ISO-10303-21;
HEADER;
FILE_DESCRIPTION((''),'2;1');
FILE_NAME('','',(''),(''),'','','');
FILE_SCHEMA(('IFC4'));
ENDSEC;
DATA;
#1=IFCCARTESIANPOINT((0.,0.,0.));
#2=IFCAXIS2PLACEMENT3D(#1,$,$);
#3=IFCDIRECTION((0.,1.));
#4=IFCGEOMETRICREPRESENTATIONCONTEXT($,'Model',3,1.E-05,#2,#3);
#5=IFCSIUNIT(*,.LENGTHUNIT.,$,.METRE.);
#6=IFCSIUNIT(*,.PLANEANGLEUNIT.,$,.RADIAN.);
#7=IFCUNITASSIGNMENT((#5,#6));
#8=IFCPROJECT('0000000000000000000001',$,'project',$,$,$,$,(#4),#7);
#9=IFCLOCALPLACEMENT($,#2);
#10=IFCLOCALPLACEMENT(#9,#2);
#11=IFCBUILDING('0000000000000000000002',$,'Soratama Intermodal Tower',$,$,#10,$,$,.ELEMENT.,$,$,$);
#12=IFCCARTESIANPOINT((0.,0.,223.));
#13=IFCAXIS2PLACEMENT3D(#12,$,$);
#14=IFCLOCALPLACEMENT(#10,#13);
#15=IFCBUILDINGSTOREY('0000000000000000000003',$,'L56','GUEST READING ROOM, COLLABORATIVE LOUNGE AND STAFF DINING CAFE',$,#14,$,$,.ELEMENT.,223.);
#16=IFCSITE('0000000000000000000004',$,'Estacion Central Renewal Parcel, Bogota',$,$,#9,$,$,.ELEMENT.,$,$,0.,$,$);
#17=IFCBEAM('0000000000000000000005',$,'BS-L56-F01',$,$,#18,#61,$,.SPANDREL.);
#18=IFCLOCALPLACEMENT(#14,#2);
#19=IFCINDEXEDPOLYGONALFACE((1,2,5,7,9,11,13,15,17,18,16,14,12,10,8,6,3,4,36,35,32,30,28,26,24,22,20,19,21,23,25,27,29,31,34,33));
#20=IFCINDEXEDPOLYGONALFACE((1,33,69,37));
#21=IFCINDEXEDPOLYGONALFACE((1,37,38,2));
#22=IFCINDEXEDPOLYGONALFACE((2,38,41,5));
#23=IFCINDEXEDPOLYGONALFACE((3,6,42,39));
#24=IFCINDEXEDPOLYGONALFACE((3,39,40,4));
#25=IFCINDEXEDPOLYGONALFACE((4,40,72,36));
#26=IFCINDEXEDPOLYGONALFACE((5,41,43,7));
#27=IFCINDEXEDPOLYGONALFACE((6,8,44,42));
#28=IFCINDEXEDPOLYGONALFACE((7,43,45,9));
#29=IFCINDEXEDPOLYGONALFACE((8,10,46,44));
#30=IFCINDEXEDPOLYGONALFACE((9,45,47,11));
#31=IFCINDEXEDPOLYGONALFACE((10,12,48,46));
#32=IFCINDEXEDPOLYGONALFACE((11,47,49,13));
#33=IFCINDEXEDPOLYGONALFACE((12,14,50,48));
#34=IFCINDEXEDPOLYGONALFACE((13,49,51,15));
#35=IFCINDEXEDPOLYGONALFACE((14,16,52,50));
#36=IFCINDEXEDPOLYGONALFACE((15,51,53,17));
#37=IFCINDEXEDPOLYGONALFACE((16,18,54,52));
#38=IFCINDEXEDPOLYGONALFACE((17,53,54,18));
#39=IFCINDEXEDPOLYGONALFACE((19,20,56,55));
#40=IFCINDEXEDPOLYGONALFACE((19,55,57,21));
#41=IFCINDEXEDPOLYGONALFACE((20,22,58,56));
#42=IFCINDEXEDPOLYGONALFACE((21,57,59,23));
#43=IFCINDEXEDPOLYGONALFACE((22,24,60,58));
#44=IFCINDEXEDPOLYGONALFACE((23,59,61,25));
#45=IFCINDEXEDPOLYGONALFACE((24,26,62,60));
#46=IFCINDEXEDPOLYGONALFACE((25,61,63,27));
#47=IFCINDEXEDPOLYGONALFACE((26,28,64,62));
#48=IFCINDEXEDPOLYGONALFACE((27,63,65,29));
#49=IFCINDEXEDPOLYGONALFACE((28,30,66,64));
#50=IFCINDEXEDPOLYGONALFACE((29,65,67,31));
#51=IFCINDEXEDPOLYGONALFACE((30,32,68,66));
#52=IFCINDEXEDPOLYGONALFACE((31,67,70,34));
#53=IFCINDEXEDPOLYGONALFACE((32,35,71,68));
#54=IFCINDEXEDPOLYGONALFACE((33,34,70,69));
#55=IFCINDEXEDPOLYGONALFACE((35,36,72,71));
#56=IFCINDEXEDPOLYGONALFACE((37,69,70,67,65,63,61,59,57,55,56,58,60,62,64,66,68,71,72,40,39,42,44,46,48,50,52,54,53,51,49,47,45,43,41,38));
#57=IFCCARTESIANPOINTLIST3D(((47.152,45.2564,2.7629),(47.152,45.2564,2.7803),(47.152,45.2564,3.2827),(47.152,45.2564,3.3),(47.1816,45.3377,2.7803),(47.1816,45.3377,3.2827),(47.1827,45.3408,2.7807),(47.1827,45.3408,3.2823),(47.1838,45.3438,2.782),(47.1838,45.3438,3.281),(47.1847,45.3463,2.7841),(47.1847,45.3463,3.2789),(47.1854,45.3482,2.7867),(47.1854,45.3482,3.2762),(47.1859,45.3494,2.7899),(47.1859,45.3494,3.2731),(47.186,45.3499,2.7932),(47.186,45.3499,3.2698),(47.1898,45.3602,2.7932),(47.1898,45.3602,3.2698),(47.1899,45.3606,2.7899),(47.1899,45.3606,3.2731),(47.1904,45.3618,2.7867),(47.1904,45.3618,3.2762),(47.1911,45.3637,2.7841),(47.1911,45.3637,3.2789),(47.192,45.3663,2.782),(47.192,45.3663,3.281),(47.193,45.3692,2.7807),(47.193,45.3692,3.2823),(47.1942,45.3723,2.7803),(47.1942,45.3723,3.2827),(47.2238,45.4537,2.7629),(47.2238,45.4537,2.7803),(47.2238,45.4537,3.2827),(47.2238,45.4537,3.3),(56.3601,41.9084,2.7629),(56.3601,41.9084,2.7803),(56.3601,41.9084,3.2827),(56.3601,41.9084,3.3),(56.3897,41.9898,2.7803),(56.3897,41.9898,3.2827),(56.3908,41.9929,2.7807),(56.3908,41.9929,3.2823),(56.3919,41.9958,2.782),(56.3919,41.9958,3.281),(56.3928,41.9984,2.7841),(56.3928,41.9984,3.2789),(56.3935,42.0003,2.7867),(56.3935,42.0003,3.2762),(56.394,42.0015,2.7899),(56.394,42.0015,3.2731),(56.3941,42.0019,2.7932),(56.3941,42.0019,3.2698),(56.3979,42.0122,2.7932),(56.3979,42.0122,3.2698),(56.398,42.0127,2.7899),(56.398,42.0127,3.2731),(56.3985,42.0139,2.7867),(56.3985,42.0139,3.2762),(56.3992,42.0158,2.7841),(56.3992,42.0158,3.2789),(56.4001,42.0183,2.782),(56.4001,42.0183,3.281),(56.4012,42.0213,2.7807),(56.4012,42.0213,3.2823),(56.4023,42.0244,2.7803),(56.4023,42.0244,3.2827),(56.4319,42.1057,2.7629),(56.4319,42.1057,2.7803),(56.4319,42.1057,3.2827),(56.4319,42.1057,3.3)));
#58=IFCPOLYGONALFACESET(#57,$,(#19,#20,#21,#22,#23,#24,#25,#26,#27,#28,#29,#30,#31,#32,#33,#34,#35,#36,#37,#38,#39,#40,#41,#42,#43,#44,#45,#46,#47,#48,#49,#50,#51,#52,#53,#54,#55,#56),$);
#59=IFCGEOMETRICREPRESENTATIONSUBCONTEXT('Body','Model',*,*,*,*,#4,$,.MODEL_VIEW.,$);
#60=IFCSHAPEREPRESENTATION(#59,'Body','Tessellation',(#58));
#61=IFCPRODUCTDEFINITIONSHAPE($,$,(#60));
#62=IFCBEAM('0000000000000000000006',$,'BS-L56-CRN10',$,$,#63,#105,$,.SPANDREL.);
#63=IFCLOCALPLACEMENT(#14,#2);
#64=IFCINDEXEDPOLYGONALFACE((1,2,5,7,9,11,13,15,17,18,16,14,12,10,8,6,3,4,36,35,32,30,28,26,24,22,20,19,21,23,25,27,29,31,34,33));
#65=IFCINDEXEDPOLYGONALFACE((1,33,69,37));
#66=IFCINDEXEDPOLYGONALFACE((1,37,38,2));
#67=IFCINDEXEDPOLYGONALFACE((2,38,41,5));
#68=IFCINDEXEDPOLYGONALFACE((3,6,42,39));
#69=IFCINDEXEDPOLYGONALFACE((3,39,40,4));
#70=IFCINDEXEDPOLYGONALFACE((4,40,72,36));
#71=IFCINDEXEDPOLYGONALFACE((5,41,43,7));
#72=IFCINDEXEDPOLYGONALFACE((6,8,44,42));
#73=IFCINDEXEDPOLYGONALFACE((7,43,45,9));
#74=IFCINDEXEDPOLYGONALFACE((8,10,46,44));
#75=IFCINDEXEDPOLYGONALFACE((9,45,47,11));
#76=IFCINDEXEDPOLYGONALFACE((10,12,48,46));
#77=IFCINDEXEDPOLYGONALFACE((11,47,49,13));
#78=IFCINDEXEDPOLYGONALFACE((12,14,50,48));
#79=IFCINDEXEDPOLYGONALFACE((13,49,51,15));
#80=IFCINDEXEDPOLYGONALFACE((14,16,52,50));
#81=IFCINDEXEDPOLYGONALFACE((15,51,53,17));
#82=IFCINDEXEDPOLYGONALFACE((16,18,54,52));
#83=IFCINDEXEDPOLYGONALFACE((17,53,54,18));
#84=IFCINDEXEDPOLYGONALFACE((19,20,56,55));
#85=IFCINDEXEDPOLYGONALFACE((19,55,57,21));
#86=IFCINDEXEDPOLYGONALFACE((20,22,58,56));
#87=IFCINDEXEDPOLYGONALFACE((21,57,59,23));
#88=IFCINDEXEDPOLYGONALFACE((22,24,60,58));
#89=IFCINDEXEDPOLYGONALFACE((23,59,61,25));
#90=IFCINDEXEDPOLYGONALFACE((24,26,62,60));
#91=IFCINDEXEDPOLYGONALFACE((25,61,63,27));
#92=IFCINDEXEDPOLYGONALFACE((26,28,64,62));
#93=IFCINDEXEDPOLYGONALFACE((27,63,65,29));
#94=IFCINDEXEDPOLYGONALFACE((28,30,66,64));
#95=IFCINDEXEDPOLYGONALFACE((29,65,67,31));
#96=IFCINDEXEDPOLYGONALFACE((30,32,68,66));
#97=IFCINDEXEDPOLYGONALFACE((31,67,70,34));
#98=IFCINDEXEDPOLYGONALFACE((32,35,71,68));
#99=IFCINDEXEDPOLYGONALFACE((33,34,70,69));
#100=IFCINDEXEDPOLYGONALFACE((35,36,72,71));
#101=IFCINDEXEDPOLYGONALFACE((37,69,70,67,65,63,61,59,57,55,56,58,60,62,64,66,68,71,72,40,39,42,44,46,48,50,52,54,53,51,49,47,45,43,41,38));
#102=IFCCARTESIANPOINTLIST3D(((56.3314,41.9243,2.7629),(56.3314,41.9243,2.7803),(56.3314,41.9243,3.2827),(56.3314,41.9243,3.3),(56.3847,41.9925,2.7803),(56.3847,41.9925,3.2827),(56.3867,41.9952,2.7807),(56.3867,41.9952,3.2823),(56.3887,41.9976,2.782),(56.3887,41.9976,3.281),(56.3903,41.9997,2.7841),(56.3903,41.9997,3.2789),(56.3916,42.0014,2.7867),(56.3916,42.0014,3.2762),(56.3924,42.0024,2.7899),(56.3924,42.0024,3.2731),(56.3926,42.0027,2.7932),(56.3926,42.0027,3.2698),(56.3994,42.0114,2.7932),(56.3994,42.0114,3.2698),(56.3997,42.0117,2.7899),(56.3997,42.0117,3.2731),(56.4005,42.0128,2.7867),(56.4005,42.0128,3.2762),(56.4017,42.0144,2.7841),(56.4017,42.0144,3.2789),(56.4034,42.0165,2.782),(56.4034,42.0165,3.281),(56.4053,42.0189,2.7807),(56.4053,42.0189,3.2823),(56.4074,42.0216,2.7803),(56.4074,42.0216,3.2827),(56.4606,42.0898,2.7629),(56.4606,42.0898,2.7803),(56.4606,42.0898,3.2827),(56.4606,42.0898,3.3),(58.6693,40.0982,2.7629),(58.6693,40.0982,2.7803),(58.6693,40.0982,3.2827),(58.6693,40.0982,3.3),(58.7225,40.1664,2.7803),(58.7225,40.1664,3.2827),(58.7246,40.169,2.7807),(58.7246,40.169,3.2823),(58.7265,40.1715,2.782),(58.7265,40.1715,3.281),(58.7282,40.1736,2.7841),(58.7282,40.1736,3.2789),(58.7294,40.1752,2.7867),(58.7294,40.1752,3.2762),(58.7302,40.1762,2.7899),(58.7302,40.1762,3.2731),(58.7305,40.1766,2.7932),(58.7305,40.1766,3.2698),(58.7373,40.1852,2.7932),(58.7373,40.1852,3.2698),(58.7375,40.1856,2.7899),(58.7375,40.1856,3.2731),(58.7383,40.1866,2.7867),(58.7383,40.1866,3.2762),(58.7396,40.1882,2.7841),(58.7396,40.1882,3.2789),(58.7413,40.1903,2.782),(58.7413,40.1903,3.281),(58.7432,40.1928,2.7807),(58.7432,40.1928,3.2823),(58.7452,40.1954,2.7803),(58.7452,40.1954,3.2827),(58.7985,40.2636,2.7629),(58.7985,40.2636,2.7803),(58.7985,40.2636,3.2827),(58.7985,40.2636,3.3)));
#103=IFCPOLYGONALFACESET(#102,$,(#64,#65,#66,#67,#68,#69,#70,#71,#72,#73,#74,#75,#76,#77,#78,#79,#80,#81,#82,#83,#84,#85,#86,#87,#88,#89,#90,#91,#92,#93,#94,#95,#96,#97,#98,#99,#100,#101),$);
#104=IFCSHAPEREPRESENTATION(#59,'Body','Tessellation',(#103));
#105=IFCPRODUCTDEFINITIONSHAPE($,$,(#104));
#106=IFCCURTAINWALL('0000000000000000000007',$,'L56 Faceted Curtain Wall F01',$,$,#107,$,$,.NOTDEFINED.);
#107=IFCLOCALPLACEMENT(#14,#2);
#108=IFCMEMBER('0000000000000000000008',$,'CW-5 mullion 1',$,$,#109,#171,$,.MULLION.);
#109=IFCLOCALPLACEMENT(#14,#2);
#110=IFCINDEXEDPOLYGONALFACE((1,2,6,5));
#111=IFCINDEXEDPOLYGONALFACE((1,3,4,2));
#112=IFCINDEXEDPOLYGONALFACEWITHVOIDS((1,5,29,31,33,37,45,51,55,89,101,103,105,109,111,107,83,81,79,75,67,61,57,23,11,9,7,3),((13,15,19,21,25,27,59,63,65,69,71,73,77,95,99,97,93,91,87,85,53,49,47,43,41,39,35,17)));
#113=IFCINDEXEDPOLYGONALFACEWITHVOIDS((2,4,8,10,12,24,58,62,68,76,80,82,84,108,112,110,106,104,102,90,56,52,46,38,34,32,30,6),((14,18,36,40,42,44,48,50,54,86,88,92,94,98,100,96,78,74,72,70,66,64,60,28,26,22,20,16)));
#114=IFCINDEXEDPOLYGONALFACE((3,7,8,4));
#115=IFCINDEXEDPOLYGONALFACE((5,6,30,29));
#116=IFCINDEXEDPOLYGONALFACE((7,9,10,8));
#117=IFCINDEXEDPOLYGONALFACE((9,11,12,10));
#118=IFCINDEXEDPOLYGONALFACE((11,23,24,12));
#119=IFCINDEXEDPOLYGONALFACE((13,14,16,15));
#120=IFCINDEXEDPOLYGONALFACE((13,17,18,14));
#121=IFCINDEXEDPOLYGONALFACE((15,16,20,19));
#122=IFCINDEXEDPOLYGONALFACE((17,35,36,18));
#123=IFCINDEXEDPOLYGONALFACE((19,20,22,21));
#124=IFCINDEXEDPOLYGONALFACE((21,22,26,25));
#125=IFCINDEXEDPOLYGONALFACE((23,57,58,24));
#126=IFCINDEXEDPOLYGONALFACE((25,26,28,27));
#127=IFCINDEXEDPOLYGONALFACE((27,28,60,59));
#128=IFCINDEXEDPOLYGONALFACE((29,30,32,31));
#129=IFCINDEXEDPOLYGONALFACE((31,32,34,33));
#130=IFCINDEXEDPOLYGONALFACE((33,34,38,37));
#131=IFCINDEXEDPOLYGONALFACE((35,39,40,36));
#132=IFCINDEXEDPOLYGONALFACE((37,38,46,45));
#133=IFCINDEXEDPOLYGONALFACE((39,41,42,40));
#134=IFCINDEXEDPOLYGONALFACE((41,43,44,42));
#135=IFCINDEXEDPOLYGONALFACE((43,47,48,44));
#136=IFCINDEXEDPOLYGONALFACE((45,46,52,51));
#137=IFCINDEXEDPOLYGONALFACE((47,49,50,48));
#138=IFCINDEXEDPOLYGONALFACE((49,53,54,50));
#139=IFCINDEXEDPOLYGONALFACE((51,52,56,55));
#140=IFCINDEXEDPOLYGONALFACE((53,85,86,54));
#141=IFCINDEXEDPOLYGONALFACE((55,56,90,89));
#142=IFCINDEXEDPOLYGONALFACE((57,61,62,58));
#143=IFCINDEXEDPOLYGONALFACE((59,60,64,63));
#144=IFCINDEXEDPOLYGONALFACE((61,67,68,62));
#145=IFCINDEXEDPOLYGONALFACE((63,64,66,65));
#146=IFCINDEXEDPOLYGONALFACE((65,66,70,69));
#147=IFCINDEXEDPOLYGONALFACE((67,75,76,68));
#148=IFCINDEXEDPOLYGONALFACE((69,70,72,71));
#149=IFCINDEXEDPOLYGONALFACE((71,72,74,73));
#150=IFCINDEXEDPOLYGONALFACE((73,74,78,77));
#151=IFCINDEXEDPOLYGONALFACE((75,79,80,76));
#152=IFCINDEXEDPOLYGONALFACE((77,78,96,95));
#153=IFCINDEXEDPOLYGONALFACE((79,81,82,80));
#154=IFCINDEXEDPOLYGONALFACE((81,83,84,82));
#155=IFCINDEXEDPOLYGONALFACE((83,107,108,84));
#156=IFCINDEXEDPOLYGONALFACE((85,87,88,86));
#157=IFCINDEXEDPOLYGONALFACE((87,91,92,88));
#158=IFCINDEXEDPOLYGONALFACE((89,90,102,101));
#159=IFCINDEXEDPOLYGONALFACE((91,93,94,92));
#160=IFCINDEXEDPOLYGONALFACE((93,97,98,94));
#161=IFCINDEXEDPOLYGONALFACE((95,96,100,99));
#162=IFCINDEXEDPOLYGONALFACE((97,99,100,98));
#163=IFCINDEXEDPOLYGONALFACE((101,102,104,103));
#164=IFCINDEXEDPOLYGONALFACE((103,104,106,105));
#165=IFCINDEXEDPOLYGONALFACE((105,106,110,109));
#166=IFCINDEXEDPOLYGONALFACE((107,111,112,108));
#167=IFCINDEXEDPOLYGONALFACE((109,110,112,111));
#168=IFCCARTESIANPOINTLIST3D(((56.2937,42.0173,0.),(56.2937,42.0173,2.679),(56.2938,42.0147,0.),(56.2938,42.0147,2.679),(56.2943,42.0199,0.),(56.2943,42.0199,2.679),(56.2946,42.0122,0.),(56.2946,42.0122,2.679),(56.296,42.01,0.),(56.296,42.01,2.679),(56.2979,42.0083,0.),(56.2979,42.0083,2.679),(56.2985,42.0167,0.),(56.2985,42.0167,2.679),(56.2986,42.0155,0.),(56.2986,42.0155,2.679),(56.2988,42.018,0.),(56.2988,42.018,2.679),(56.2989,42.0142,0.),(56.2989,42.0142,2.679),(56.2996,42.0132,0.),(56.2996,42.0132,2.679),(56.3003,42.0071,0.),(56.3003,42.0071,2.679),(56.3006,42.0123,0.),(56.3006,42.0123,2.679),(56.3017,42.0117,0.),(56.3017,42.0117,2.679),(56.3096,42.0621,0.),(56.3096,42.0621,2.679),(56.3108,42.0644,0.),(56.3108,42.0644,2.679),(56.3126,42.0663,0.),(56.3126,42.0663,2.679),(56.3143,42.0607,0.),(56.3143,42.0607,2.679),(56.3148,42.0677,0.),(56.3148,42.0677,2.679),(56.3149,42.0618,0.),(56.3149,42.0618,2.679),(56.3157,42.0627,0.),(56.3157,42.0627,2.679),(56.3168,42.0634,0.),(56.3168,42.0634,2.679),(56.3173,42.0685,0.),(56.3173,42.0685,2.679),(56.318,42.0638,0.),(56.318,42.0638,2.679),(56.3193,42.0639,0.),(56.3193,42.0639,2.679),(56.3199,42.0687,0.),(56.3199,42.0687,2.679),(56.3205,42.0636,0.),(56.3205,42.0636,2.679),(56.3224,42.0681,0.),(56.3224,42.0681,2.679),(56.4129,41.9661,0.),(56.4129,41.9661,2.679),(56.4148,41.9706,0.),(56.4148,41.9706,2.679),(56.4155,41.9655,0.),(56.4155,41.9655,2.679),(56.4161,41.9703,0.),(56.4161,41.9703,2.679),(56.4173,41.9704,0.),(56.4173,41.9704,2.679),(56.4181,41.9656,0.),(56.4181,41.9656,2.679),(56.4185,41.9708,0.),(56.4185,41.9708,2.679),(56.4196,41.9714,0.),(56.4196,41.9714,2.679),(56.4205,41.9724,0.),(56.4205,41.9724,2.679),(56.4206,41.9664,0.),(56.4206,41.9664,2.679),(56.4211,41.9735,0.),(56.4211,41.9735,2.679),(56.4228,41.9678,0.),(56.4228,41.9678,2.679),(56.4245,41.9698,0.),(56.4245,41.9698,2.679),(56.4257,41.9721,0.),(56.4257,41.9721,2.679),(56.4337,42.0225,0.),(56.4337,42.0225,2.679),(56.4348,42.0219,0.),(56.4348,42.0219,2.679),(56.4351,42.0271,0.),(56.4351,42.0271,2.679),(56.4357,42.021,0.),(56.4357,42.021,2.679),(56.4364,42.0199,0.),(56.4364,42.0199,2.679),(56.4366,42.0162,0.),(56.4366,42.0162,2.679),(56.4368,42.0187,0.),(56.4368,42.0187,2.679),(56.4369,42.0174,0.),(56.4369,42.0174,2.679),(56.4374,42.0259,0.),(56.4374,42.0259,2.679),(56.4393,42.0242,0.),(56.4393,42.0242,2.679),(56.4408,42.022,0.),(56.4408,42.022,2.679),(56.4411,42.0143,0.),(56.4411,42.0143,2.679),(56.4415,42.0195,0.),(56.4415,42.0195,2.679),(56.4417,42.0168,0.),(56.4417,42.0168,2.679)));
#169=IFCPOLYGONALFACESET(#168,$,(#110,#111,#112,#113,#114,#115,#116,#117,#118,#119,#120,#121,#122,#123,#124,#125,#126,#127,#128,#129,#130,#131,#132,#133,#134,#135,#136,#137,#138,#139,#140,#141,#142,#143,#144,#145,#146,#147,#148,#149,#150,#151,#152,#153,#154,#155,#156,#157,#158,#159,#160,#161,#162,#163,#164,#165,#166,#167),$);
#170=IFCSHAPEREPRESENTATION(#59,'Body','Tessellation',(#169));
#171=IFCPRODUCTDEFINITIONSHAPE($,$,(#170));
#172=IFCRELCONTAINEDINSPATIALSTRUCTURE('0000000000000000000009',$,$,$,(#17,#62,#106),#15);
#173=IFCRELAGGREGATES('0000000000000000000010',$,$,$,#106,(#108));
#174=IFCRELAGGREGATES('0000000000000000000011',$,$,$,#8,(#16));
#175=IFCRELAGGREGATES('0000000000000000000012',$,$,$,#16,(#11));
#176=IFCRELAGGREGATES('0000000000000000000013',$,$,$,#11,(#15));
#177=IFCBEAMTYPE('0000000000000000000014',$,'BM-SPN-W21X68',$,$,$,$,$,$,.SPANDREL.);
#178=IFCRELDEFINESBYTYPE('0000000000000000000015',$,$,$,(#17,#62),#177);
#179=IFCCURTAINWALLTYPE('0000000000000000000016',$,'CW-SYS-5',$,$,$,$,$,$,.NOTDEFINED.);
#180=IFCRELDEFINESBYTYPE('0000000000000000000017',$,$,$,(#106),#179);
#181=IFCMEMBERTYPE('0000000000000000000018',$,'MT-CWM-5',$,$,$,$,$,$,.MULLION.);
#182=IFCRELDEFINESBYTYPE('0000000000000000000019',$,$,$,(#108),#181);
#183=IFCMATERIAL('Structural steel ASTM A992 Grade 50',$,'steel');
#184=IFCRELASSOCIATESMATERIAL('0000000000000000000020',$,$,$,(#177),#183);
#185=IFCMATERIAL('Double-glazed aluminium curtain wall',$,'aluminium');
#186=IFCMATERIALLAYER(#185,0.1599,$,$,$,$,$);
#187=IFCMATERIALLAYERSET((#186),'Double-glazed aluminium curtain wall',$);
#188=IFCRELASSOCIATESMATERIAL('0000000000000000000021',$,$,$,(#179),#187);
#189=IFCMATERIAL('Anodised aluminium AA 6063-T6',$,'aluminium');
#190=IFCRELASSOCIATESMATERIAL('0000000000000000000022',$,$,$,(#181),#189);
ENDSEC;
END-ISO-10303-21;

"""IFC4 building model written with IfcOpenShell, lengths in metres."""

from ifc_helpers import new_model, si_unit, direction, frame, origin, origin_2d, place, context, subcontext, project, spatial, hollow_rectangle, i_section, extrude, material, layer, layer_set, material_profile, profile_set, type_object, element, aggregate, save


model = new_model("IFC4")

# Units and contexts
model_context = context("Model", 3, precision=1e-05, world=origin(), true_north=direction((0.0, 1.0)))
body_context = subcontext(model_context, "Body", "Model", "MODEL_VIEW")
ifc_project = project(units=[si_unit("LENGTHUNIT", "METRE"), si_unit("PLANEANGLEUNIT", "RADIAN")], contexts=[model_context])

# Site, building, storey
site_placement = place(None, origin())
site = spatial("IfcSite", under=ifc_project, at=site_placement, Name="Estacion Central Renewal Parcel, Bogota", CompositionType="ELEMENT", RefElevation=0.0)
building_placement = place(site_placement, origin())
building = spatial("IfcBuilding", under=site, at=building_placement, Name="Soratama Intermodal Tower", CompositionType="ELEMENT")
storey_placement = place(building_placement, frame((0.0, 0.0, 223.0)))
storey = spatial("IfcBuildingStorey", under=building, at=storey_placement, Name="L56", Description="GUEST READING ROOM, COLLABORATIVE LOUNGE AND STAFF DINING CAFE", CompositionType="ELEMENT", Elevation=223.0)

# Beams
ifc_material_1 = material(Name="Structural steel ASTM A992 Grade 50", Category="steel")
ifc_material_profile_1 = material_profile(ifc_material_1, i_section(OverallWidth=0.21, OverallDepth=0.5371, WebThickness=0.011, FlangeThickness=0.0173, FilletRadius=0.0129, at=origin_2d()), Name="W21X68")
ifc_profile_set_1 = profile_set([ifc_material_profile_1], Name="Structural steel ASTM A992 Grade 50")
beam_type_1 = type_object("IfcBeamType", Name="BM-SPN-W21X68", PredefinedType="SPANDREL", material=ifc_profile_set_1)
beam_1_placement = place(storey_placement, frame((56.396, 42.0071, 3.0315), z_axis=(-0.939809, 0.341701, 0.0), x_axis=(-0.341701, -0.939809, 0.0)))
element("IfcBeam", 1, at=beam_1_placement, inside=storey, type_object=beam_type_1, Name="BS-L56-F01", PredefinedType="SPANDREL", context=body_context, shape_type="SweptSolid", body=[
    extrude(i_section(OverallWidth=0.21, OverallDepth=0.5371, WebThickness=0.011, FlangeThickness=0.0173, FilletRadius=0.0129, at=origin_2d()), origin(), (0.0, 0.0, 1.0), 9.7979),
])
beam_2_placement = place(storey_placement, frame((58.7339, 40.1809, 3.0315), z_axis=(-0.788074, 0.61558, 0.0), x_axis=(-0.61558, -0.788074, 0.0)))
element("IfcBeam", 2, at=beam_2_placement, inside=storey, type_object=beam_type_1, Name="BS-L56-CRN10", PredefinedType="SPANDREL", context=body_context, shape_type="SweptSolid", body=[
    extrude(i_section(OverallWidth=0.21, OverallDepth=0.5371, WebThickness=0.011, FlangeThickness=0.0173, FilletRadius=0.0129, at=origin_2d()), origin(), (0.0, 0.0, 1.0), 2.9666),
])

# Curtain wall, member
ifc_material_2 = material(Name="Double-glazed aluminium curtain wall", Category="aluminium")
ifc_layer_1 = layer(ifc_material_2, 0.1599)
ifc_layer_set_1 = layer_set([ifc_layer_1], Name="Double-glazed aluminium curtain wall")
curtain_wall_type = type_object("IfcCurtainWallType", Name="CW-SYS-5", PredefinedType="NOTDEFINED", material=ifc_layer_set_1)
curtain_wall_1_placement = place(storey_placement, origin())
curtain_wall_1 = element("IfcCurtainWall", 3, at=curtain_wall_1_placement, inside=storey, type_object=curtain_wall_type, Name="L56 Faceted Curtain Wall F01", PredefinedType="NOTDEFINED")
ifc_material_3 = material(Name="Anodised aluminium AA 6063-T6", Category="aluminium")
ifc_material_profile_2 = material_profile(ifc_material_3, hollow_rectangle(XDim=0.0649, YDim=0.1399, WallThickness=0.0049, InnerFilletRadius=0.0049, OuterFilletRadius=0.01, at=origin_2d()), Name="CWM140X65X5")
ifc_profile_set_2 = profile_set([ifc_material_profile_2], Name="Anodised aluminium AA 6063-T6")
member_type_1 = type_object("IfcMemberType", Name="MT-CWM-5", PredefinedType="MULLION", material=ifc_profile_set_2)
member_1_placement = place(storey_placement, frame((56.3677, 42.0171, 0.0), z_axis=(0.0, 0.0, 1.0), x_axis=(-0.341696, -0.939811, 0.0)))
member_1 = element("IfcMember", 4, at=member_1_placement, type_object=member_type_1, Name="CW-5 mullion 1", PredefinedType="MULLION", context=body_context, shape_type="SweptSolid", body=[
    extrude(hollow_rectangle(XDim=0.0649, YDim=0.1399, WallThickness=0.0049, InnerFilletRadius=0.0049, OuterFilletRadius=0.01, at=origin_2d()), origin(), (0.0, 0.0, 1.0), 2.679),
])

aggregate(curtain_wall_1, [member_1])

save(model, "model.ifc")
